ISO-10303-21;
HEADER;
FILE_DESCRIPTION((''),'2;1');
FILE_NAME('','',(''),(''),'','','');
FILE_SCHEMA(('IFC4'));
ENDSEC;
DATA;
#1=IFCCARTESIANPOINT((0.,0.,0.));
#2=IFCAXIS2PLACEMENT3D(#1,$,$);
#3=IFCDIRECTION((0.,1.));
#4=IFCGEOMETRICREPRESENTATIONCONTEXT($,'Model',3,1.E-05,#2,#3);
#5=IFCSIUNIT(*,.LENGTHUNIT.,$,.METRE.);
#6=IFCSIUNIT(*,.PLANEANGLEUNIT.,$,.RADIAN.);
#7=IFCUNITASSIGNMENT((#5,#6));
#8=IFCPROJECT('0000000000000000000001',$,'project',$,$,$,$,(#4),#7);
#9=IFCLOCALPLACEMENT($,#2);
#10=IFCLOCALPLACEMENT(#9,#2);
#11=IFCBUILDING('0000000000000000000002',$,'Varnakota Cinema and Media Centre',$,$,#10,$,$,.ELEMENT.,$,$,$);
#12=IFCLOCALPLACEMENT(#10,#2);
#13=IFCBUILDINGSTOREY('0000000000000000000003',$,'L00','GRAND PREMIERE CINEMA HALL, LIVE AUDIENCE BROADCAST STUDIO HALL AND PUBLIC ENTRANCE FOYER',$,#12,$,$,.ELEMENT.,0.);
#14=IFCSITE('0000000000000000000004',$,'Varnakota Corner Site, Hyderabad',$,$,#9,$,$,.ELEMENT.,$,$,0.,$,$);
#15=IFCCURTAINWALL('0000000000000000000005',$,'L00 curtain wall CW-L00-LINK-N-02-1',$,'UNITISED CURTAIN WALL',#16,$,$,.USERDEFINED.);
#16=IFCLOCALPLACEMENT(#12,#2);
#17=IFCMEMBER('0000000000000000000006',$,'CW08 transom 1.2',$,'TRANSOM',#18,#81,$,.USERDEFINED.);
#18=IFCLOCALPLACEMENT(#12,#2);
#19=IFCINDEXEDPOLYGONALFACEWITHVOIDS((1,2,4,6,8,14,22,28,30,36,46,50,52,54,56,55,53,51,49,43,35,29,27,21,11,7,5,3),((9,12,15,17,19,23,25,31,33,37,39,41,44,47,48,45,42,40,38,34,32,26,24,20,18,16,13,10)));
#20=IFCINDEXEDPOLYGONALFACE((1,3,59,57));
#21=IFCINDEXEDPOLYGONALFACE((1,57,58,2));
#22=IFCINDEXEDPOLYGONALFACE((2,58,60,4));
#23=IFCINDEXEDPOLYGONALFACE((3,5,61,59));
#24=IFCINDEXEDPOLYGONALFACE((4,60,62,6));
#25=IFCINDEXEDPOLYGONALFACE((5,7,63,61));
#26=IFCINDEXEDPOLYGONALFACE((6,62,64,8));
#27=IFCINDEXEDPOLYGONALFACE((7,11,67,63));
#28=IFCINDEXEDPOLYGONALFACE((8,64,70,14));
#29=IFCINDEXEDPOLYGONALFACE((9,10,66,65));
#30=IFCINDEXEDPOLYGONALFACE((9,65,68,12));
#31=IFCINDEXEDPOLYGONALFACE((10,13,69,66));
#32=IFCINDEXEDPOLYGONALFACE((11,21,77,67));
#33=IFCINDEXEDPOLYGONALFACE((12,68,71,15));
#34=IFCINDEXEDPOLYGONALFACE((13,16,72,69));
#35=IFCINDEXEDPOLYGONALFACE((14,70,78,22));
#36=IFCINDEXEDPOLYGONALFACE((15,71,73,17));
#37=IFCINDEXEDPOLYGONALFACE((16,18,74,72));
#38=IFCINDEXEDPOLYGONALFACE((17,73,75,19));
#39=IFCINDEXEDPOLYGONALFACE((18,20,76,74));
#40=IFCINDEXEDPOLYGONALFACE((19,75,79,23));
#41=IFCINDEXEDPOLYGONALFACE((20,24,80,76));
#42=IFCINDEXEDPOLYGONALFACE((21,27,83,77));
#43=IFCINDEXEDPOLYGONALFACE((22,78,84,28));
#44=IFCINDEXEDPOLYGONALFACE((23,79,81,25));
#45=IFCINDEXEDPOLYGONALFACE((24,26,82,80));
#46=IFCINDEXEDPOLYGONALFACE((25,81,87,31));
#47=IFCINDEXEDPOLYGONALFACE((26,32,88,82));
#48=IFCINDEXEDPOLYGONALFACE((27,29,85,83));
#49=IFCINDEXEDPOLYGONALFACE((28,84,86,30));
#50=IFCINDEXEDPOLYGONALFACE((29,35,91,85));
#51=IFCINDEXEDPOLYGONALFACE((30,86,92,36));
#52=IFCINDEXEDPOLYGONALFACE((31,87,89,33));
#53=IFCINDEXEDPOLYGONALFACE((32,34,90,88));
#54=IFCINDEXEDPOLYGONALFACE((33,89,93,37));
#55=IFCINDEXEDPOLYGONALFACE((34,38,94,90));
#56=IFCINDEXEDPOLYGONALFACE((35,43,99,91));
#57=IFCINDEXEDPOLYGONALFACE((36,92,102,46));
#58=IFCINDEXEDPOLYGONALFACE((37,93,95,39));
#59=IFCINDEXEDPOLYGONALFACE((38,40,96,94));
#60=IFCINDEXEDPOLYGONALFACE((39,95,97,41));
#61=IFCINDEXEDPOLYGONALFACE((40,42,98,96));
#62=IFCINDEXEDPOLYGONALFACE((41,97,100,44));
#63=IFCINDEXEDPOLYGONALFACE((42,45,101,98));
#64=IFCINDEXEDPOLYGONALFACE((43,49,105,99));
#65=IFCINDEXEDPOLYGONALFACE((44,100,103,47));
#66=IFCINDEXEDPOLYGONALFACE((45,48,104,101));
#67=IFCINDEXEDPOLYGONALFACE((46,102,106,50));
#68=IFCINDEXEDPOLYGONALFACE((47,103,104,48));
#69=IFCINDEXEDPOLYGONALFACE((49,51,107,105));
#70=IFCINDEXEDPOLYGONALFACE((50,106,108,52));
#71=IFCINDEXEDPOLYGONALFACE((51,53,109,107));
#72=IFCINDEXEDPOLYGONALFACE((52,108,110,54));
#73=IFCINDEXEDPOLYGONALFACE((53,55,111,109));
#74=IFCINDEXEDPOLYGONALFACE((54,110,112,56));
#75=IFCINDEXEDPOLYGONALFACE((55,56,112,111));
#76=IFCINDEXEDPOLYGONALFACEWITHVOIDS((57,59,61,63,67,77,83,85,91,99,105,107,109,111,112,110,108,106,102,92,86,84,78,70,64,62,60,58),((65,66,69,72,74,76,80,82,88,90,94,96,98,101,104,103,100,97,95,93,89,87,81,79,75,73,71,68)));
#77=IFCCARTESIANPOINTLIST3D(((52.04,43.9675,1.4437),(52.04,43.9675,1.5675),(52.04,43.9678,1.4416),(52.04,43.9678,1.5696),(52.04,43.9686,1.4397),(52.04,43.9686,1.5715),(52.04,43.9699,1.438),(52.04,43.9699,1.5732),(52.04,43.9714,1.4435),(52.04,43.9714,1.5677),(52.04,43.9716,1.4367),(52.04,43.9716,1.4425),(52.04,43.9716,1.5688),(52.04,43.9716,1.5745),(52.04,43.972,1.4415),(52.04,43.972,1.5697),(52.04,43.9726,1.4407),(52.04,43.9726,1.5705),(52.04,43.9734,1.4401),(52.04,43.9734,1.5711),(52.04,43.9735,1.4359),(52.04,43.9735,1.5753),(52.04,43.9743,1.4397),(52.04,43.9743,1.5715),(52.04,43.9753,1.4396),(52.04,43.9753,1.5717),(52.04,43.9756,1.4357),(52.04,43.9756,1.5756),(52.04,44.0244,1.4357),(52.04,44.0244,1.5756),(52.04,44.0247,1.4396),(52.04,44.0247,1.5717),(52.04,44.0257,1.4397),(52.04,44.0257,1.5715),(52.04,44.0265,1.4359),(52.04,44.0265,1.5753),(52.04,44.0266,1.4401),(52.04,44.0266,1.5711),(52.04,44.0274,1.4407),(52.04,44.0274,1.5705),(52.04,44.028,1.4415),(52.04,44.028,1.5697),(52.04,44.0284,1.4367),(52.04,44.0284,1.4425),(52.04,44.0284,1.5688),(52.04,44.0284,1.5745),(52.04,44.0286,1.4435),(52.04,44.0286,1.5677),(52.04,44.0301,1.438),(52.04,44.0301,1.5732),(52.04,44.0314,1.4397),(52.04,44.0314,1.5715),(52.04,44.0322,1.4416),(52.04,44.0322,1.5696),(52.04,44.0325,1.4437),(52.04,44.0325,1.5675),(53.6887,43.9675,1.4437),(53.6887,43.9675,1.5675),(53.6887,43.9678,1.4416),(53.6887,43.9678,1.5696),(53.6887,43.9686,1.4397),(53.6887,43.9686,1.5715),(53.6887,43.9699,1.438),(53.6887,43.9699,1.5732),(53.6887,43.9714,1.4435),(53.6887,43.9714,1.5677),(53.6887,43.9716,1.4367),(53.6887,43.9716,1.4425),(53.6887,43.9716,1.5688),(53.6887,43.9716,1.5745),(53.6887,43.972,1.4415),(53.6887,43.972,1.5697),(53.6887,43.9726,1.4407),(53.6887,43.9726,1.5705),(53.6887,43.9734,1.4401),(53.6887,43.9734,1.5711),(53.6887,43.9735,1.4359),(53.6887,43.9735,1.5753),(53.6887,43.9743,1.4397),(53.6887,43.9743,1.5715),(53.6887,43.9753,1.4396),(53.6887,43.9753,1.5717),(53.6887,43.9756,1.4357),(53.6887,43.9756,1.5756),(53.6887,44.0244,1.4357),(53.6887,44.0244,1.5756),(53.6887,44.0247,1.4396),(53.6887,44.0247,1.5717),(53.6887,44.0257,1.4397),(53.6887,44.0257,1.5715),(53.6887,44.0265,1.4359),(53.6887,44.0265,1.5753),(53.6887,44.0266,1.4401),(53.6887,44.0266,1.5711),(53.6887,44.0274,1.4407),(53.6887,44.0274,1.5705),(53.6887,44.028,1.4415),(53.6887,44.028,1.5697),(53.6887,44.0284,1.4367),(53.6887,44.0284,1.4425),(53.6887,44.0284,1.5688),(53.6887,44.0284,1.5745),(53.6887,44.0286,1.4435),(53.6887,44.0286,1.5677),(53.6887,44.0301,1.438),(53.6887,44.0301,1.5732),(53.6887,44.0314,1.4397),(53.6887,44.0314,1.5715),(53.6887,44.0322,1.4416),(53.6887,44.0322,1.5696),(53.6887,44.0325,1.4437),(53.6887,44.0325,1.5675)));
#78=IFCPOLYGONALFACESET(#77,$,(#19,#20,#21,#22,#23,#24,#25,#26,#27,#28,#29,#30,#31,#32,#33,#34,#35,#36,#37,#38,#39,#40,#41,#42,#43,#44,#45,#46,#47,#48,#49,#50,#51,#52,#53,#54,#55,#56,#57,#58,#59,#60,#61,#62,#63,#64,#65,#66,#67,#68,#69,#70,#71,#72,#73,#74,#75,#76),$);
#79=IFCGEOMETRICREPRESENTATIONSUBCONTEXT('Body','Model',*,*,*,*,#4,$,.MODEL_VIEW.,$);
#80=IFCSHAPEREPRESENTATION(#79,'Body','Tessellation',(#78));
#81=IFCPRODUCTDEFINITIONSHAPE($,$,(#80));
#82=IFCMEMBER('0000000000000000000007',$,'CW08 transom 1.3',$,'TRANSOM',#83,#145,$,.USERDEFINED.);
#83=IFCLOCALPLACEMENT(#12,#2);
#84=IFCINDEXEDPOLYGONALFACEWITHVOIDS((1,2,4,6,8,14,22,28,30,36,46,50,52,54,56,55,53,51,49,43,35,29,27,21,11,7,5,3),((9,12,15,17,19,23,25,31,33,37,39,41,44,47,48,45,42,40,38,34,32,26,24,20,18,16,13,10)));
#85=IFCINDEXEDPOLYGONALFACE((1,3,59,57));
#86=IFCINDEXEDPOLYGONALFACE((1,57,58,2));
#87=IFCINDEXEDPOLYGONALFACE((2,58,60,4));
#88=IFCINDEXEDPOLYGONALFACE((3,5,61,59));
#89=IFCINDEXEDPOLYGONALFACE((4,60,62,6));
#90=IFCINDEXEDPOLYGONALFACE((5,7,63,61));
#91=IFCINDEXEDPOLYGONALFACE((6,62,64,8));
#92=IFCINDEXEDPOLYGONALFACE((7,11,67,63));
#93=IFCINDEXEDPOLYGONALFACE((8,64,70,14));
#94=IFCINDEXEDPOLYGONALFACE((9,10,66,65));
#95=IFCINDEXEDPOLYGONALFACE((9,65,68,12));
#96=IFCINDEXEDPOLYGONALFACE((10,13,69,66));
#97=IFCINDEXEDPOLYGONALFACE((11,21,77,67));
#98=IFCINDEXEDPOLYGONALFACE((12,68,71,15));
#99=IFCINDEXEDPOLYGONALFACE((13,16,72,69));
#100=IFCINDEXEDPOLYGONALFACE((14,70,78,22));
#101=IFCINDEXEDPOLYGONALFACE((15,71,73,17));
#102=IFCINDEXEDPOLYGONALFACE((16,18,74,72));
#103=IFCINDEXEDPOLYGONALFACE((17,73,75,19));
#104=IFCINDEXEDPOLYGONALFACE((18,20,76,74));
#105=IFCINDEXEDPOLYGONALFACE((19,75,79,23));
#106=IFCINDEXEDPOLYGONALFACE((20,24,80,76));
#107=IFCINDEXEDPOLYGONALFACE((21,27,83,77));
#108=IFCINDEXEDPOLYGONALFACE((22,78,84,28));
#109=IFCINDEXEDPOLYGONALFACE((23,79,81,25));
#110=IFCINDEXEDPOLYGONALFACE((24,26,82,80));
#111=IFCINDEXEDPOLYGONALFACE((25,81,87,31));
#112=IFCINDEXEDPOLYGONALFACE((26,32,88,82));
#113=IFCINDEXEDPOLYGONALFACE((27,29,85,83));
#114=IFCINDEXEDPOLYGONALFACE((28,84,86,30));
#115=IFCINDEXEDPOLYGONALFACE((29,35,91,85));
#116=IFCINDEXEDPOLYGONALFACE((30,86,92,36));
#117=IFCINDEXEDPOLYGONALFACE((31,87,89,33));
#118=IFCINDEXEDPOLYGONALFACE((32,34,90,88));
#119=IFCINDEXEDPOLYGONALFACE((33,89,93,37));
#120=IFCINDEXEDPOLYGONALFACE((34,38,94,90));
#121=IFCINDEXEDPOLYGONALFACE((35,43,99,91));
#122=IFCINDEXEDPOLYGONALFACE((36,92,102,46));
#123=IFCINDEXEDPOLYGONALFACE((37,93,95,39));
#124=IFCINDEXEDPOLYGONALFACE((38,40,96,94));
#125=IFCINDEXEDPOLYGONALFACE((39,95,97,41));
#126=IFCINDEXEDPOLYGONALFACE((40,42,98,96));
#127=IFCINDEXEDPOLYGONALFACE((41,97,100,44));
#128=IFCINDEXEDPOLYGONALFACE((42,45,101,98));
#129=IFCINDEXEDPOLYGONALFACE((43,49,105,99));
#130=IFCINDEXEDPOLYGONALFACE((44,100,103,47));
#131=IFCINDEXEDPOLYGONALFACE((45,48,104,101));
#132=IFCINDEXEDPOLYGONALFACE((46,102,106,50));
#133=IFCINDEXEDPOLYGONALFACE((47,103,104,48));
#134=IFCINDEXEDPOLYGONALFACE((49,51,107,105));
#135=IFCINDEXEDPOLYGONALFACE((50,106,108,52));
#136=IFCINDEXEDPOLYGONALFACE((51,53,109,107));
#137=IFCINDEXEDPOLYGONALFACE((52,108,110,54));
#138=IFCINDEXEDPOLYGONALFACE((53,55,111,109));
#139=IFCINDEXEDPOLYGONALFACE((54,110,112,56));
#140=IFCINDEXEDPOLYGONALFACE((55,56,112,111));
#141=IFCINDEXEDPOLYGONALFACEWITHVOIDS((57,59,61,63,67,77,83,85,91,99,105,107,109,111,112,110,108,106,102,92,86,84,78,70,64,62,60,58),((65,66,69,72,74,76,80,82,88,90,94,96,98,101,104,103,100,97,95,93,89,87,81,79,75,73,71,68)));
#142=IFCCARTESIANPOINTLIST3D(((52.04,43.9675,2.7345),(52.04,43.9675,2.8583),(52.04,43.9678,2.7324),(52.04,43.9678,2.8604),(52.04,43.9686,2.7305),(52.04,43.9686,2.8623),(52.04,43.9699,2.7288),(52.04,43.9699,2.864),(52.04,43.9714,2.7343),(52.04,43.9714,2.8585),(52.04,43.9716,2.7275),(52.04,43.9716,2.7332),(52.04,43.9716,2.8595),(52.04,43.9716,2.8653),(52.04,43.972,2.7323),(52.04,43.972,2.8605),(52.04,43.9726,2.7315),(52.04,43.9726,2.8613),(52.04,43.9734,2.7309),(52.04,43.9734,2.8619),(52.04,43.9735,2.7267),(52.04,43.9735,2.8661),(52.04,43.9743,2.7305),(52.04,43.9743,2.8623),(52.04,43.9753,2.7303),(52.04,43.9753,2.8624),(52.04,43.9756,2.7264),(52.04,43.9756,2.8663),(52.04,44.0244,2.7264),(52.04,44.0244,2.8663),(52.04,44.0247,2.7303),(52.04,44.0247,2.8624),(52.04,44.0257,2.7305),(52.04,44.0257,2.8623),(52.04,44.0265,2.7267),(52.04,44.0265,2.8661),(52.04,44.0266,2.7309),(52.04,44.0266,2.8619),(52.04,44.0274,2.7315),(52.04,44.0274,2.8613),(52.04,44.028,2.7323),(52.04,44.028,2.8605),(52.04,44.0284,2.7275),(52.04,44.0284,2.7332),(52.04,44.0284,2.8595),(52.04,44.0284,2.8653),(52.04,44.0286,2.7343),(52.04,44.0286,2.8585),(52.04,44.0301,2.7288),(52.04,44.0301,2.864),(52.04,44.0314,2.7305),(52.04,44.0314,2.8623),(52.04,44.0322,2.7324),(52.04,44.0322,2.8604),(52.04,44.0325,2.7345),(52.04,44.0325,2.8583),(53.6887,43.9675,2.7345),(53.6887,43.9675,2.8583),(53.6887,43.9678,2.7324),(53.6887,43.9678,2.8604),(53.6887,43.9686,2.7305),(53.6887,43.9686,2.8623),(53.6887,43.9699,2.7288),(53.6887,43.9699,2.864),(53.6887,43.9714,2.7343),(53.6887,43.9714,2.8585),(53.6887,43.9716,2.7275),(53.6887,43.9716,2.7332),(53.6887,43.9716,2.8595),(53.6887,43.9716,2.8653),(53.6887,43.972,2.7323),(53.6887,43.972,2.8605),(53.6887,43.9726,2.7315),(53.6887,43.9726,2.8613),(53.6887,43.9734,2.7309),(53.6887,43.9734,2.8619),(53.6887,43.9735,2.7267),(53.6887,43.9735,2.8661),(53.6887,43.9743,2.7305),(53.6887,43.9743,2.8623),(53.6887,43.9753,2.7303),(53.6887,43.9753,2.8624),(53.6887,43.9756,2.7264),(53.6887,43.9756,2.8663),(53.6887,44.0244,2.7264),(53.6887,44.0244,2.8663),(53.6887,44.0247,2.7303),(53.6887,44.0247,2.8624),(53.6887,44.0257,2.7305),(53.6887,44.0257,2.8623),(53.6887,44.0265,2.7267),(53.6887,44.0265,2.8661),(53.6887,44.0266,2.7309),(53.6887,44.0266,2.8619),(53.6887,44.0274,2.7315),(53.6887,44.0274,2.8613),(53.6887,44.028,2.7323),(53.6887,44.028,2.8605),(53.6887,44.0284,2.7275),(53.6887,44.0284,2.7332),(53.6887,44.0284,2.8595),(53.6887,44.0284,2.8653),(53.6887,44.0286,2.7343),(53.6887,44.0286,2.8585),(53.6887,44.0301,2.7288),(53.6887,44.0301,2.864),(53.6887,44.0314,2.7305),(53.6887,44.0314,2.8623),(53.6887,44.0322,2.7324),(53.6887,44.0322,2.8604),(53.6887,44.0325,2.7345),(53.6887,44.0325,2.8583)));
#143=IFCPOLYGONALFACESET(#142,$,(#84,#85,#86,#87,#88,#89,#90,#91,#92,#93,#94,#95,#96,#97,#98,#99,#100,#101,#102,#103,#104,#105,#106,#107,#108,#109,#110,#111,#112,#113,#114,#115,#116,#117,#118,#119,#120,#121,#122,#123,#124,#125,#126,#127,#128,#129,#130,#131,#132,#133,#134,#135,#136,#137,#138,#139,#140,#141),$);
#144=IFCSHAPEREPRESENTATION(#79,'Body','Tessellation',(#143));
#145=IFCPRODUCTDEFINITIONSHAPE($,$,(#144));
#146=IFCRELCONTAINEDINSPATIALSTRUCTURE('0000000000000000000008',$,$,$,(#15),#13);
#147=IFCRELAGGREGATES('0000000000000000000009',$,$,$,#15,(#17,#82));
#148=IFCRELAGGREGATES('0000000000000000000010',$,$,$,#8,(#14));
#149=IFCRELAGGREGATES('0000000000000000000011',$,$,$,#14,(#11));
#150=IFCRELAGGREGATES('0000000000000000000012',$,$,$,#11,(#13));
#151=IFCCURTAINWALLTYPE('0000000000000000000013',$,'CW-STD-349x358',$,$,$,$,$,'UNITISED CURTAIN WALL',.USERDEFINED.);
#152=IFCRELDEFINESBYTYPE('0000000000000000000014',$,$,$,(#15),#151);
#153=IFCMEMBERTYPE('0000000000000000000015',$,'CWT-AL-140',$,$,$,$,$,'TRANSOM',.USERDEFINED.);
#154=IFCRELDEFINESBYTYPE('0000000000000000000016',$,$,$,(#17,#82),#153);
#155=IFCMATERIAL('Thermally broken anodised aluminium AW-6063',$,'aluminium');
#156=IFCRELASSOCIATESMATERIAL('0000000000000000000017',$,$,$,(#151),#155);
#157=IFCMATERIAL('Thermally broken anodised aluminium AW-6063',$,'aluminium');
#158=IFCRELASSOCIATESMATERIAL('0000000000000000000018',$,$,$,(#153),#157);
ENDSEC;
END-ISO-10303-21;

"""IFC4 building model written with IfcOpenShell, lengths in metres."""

from ifc_helpers import new_model, si_unit, direction, frame, origin, origin_2d, place, context, subcontext, project, spatial, hollow_rectangle, extrude, material, material_profile, profile_set, type_object, element, aggregate, save


model = new_model("IFC4")

# Units and contexts
model_context = context("Model", 3, precision=1e-05, world=origin(), true_north=direction((0.0, 1.0)))
body_context = subcontext(model_context, "Body", "Model", "MODEL_VIEW")
ifc_project = project(units=[si_unit("LENGTHUNIT", "METRE"), si_unit("PLANEANGLEUNIT", "RADIAN")], contexts=[model_context])

# Site, building, storey
site_placement = place(None, origin())
site = spatial("IfcSite", under=ifc_project, at=site_placement, Name="Varnakota Corner Site, Hyderabad", CompositionType="ELEMENT", RefElevation=0.0)
building_placement = place(site_placement, origin())
building = spatial("IfcBuilding", under=site, at=building_placement, Name="Varnakota Cinema and Media Centre", CompositionType="ELEMENT")
storey_placement = place(building_placement, origin())
storey = spatial("IfcBuildingStorey", under=building, at=storey_placement, Name="L00", Description="GRAND PREMIERE CINEMA HALL, LIVE AUDIENCE BROADCAST STUDIO HALL AND PUBLIC ENTRANCE FOYER", CompositionType="ELEMENT", Elevation=0.0)

# Curtain wall
ifc_material_1 = material(Name="Thermally broken anodised aluminium AW-6063", Category="aluminium")
curtain_wall_type_1 = type_object("IfcCurtainWallType", Name="CW-STD-349x358", ElementType="UNITISED CURTAIN WALL", PredefinedType="USERDEFINED", material=ifc_material_1)
curtain_wall_1_placement = place(storey_placement, origin())
curtain_wall_1 = element("IfcCurtainWall", 1, at=curtain_wall_1_placement, inside=storey, type_object=curtain_wall_type_1, Name="L00 curtain wall CW-L00-LINK-N-02-1", ObjectType="UNITISED CURTAIN WALL", PredefinedType="USERDEFINED")

# Members
ifc_material_2 = material(Name="Thermally broken anodised aluminium AW-6063", Category="aluminium")
ifc_material_profile_1 = material_profile(ifc_material_2, hollow_rectangle(XDim=0.0649, YDim=0.1399, WallThickness=0.0039, InnerFilletRadius=0.0039, OuterFilletRadius=0.0081, at=origin_2d()), Name="AL-TRANSOM 140x65x4")
ifc_profile_set_1 = profile_set([ifc_material_profile_1], Name="Thermally broken anodised aluminium AW-6063")
member_type_1 = type_object("IfcMemberType", Name="CWT-AL-140", ElementType="TRANSOM", PredefinedType="USERDEFINED", material=ifc_profile_set_1)
member_1_placement = place(storey_placement, frame((52.04, 44.0, 1.5056), z_axis=(1.0, 0.0, 0.0), x_axis=(0.0, 1.0, 0.0)))
member_1 = element("IfcMember", 2, at=member_1_placement, type_object=member_type_1, Name="CW08 transom 1.2", ObjectType="TRANSOM", PredefinedType="USERDEFINED", context=body_context, shape_type="SweptSolid", body=[
    extrude(hollow_rectangle(XDim=0.0649, YDim=0.1399, WallThickness=0.0039, InnerFilletRadius=0.0039, OuterFilletRadius=0.0081, at=origin_2d()), origin(), (0.0, 0.0, 1.0), 1.6487),
])
member_2_placement = place(storey_placement, frame((52.04, 44.0, 2.7964), z_axis=(1.0, 0.0, 0.0), x_axis=(0.0, 1.0, 0.0)))
member_2 = element("IfcMember", 3, at=member_2_placement, type_object=member_type_1, Name="CW08 transom 1.3", ObjectType="TRANSOM", PredefinedType="USERDEFINED", context=body_context, shape_type="SweptSolid", body=[
    extrude(hollow_rectangle(XDim=0.0649, YDim=0.1399, WallThickness=0.0039, InnerFilletRadius=0.0039, OuterFilletRadius=0.0081, at=origin_2d()), origin(), (0.0, 0.0, 1.0), 1.6487),
])

aggregate(curtain_wall_1, [member_1, member_2])

save(model, "model.ifc")
